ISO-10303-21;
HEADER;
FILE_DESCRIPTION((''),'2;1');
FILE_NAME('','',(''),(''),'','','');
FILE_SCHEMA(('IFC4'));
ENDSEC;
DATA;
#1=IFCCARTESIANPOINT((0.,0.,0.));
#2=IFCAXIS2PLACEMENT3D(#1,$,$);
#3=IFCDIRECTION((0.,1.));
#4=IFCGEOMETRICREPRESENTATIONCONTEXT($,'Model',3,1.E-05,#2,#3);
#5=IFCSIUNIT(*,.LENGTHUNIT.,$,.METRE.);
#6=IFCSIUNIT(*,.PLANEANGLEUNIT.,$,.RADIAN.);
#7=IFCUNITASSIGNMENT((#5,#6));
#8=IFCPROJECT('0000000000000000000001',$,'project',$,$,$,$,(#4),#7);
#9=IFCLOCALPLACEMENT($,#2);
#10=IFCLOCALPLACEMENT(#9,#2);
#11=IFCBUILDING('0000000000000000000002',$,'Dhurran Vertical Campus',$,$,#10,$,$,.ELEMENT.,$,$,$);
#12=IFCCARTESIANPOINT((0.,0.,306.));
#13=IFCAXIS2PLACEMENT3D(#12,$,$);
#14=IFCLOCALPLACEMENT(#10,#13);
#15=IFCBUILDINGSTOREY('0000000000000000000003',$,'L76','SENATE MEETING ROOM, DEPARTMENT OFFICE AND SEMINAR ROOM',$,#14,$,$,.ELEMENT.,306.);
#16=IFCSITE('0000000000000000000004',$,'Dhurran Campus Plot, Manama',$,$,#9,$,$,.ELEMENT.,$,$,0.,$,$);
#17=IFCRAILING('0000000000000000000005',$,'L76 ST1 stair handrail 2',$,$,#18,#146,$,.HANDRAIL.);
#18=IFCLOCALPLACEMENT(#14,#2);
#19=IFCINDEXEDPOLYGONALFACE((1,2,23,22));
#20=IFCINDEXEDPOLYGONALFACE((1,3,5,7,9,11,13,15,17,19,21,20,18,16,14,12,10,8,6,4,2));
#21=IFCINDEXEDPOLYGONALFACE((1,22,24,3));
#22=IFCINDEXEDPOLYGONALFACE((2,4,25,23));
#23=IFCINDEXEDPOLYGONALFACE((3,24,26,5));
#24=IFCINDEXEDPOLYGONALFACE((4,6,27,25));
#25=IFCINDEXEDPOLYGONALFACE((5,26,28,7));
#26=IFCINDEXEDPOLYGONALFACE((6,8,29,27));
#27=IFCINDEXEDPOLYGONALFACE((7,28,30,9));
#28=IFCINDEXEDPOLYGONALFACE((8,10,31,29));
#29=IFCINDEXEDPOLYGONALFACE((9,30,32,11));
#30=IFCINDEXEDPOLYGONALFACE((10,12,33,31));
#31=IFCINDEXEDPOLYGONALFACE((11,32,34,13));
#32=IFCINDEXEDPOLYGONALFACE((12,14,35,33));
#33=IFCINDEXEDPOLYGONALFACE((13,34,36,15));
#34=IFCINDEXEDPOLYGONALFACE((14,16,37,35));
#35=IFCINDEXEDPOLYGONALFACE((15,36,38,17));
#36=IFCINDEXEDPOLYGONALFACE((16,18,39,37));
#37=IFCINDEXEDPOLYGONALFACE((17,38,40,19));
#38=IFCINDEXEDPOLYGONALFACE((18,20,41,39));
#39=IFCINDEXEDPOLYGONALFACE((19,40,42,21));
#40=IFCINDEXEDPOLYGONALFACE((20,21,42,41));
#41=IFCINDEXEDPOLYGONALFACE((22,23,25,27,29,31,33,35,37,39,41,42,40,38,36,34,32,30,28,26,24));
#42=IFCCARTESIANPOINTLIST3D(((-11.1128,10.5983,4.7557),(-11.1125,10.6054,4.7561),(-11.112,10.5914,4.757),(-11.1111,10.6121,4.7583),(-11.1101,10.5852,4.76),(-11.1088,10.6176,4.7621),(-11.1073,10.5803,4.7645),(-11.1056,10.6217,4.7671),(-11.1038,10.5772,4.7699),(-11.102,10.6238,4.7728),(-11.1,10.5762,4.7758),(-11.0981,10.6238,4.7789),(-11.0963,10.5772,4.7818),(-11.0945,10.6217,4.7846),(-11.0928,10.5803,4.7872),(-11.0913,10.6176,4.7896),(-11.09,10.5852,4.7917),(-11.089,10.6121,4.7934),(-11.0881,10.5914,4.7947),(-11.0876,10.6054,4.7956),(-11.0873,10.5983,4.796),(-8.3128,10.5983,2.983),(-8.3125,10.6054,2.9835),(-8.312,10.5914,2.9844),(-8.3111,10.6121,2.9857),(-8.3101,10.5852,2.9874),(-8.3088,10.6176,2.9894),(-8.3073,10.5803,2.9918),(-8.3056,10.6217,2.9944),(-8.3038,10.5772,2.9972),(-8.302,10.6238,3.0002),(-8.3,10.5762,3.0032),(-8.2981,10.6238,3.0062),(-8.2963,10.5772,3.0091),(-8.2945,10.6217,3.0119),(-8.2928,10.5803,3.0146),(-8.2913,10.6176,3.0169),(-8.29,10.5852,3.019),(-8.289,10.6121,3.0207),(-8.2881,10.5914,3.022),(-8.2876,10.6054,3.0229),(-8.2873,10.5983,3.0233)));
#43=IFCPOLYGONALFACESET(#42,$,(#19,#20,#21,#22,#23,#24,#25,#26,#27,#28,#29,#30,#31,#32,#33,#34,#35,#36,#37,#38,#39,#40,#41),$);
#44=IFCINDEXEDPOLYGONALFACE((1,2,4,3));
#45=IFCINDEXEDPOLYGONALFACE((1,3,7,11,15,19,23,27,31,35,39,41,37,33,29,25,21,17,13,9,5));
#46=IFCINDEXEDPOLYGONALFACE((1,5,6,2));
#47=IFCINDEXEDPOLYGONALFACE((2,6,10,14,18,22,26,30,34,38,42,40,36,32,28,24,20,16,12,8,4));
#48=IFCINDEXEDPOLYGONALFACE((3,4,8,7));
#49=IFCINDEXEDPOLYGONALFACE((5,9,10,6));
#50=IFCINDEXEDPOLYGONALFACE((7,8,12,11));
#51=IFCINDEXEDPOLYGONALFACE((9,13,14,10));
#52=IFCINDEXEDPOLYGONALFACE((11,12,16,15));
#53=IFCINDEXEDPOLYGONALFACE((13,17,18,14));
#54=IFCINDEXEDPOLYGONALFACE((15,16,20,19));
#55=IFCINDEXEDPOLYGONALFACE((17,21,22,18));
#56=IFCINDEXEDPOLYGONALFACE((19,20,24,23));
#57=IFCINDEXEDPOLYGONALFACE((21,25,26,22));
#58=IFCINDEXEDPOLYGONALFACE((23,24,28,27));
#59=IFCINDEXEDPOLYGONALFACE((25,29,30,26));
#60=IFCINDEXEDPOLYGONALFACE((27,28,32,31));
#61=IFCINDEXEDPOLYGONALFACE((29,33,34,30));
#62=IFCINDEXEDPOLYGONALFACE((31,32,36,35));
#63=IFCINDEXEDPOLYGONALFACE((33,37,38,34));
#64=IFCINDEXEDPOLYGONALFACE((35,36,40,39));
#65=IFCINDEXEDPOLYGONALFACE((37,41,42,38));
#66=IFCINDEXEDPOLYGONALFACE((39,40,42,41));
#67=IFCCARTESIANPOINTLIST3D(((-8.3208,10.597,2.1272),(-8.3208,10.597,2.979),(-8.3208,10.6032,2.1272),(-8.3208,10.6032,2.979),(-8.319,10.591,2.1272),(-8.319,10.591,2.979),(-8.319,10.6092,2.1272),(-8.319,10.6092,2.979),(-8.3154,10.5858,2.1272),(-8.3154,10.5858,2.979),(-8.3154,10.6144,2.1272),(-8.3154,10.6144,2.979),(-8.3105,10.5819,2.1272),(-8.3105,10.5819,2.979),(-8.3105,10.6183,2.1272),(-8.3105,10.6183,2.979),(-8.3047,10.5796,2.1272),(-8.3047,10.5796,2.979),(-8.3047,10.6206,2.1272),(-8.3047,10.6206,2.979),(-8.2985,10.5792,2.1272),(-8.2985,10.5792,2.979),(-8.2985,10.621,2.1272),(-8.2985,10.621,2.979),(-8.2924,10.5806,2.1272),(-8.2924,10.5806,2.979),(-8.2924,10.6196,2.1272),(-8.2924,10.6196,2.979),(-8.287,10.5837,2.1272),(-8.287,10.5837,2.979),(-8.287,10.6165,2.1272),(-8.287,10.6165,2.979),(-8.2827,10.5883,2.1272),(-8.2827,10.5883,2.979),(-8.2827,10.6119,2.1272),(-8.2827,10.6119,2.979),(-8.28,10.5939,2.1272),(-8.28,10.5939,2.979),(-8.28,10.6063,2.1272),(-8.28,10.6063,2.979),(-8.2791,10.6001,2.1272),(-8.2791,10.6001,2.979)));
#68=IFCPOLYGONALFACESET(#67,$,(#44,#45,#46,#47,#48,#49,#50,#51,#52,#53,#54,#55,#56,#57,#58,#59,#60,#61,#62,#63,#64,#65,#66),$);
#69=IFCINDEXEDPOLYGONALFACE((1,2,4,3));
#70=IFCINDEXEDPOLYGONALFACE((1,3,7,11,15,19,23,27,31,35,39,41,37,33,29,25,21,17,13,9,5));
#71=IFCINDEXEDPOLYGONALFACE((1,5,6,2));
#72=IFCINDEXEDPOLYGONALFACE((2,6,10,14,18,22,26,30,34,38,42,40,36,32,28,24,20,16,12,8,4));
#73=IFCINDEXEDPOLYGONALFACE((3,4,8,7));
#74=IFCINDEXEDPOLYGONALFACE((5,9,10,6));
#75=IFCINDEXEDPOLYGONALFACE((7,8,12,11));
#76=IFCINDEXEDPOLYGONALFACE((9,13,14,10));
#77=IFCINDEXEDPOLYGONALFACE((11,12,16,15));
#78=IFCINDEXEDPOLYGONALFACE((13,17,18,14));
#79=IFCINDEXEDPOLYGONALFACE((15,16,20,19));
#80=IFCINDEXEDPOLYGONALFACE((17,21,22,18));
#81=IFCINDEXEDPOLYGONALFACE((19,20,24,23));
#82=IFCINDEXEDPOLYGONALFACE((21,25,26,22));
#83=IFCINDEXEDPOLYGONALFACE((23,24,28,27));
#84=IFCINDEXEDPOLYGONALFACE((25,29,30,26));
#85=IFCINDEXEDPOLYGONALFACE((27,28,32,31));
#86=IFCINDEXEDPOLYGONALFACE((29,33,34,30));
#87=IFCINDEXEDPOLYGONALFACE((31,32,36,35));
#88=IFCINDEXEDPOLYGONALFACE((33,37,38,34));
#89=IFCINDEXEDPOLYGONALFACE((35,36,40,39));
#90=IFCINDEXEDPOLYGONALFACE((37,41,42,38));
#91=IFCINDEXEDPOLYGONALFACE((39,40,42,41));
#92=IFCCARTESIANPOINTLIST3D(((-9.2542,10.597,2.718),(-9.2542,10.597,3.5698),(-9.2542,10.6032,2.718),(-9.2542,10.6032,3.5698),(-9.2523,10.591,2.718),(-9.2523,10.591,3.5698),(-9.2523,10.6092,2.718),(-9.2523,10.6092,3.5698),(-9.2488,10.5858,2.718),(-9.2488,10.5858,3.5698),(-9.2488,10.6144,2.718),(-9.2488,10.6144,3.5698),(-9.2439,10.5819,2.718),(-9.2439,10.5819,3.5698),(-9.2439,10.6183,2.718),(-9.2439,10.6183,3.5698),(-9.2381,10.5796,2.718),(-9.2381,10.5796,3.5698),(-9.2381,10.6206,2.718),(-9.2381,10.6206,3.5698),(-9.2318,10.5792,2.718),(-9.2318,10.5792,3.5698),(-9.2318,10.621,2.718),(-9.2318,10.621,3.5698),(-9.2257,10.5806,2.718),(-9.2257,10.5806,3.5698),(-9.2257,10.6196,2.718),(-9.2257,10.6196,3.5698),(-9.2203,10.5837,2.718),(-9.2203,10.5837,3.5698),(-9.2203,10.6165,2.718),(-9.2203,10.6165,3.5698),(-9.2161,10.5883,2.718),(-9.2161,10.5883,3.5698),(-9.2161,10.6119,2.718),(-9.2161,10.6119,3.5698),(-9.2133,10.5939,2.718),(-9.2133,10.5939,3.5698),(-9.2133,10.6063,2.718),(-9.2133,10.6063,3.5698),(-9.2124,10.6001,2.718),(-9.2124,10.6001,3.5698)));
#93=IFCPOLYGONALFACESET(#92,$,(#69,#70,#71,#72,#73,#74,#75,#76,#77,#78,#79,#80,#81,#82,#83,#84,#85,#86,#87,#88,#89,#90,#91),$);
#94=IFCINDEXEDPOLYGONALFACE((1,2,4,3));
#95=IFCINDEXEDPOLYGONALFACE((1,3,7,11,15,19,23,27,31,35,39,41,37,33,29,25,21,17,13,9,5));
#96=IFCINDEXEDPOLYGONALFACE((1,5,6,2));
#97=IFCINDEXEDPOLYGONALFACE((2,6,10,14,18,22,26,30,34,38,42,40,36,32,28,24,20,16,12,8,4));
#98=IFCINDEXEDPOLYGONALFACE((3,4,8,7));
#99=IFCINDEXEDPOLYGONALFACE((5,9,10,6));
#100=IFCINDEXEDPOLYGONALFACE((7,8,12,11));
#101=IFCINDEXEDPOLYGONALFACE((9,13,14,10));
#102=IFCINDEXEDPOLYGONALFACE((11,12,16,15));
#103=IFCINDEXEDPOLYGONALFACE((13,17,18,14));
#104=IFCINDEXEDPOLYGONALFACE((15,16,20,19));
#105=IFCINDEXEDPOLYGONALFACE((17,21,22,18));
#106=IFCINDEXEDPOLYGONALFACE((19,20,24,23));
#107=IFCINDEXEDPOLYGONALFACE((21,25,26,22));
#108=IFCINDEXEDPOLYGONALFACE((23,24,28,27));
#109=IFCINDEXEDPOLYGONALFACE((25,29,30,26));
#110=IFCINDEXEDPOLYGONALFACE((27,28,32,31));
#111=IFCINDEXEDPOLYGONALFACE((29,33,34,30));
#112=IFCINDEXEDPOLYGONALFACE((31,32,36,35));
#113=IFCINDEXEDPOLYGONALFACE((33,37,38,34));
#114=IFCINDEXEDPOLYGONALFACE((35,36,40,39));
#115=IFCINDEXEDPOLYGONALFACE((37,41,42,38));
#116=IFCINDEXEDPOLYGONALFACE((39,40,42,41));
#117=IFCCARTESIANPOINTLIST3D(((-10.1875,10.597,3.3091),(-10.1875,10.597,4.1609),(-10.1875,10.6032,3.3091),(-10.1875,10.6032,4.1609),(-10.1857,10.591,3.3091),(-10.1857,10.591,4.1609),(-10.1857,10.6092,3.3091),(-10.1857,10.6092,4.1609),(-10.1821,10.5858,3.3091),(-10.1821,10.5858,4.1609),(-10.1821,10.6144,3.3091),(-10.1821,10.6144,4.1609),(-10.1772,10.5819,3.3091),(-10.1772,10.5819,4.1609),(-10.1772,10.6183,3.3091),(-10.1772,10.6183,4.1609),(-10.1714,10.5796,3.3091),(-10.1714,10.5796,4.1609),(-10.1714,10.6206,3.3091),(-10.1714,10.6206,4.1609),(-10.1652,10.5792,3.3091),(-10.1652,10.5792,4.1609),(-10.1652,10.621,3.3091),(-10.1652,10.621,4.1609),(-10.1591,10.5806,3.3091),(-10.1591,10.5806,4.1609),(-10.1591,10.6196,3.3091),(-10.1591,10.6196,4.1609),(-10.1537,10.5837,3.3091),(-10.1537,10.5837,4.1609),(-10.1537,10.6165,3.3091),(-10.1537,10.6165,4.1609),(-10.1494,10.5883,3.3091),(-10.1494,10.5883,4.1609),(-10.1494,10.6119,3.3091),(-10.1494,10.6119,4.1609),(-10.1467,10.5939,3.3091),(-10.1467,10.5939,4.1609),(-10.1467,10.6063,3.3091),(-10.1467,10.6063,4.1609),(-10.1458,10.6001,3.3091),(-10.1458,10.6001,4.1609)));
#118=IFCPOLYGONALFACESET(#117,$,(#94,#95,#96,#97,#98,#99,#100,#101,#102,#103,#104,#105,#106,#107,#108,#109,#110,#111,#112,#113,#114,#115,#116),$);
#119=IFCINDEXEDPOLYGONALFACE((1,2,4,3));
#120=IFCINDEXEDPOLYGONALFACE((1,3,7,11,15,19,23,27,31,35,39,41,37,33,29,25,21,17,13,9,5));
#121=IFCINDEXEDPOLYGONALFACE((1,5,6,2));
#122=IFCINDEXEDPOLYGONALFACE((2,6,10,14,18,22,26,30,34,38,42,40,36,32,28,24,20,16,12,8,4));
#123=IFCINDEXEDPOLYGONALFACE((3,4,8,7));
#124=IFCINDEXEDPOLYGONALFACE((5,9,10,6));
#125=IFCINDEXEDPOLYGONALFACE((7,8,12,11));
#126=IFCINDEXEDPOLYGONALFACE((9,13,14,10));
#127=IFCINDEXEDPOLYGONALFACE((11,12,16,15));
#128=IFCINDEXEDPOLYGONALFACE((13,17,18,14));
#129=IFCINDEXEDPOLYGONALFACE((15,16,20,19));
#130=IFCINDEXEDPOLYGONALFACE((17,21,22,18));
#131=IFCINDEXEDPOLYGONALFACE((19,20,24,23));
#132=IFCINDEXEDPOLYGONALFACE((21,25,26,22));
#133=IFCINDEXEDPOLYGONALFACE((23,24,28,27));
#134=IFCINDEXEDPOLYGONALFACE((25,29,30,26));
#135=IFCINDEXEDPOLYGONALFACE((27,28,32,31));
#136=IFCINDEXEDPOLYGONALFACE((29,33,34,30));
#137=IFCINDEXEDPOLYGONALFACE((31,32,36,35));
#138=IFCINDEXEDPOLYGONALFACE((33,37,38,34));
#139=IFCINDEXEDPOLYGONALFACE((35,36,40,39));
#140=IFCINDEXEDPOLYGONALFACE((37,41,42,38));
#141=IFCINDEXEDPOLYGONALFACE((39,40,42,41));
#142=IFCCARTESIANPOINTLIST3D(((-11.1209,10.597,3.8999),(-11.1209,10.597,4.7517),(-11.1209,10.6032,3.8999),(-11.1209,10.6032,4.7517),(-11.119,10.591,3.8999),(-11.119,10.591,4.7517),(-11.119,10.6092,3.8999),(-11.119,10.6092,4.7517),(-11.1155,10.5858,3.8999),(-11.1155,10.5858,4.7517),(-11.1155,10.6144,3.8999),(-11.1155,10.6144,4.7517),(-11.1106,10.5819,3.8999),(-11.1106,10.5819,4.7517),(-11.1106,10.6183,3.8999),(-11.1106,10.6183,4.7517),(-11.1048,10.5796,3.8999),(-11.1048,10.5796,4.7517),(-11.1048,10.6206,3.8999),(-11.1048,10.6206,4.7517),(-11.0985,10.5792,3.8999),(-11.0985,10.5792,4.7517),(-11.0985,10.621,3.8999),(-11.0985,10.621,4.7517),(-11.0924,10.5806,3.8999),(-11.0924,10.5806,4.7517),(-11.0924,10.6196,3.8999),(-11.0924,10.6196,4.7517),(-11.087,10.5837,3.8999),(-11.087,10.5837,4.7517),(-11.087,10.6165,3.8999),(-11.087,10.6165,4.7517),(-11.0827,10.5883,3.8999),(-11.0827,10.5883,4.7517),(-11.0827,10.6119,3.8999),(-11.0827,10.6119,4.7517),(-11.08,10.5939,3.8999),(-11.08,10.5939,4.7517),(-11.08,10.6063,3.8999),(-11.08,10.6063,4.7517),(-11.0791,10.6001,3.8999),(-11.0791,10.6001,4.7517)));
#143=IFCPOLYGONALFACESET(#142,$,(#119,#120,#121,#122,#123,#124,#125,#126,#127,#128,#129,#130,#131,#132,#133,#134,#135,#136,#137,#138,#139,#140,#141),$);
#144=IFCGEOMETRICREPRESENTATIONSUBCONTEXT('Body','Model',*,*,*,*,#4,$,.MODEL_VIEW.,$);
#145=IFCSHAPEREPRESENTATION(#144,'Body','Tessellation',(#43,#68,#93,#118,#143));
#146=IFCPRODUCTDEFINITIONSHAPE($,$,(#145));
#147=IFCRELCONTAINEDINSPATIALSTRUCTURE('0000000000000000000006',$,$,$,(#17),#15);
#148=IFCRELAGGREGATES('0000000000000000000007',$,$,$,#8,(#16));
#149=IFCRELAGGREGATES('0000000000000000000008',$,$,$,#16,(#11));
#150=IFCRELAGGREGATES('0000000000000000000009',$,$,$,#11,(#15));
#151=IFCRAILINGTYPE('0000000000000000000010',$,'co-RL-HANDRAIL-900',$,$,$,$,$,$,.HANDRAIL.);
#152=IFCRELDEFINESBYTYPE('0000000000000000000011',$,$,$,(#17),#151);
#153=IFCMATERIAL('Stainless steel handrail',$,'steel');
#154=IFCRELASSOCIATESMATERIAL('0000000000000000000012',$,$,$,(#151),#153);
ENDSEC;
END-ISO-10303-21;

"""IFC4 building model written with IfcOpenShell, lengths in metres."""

from ifc_helpers import new_model, si_unit, direction, frame, origin, origin_2d, place, context, subcontext, project, spatial, circle, extrude, material, type_object, element, save


model = new_model("IFC4")

# Units and contexts
model_context = context("Model", 3, precision=1e-05, world=origin(), true_north=direction((0.0, 1.0)))
body_context = subcontext(model_context, "Body", "Model", "MODEL_VIEW")
ifc_project = project(units=[si_unit("LENGTHUNIT", "METRE"), si_unit("PLANEANGLEUNIT", "RADIAN")], contexts=[model_context])

# Site, building, storey
site_placement = place(None, origin())
site = spatial("IfcSite", under=ifc_project, at=site_placement, Name="Dhurran Campus Plot, Manama", CompositionType="ELEMENT", RefElevation=0.0)
building_placement = place(site_placement, origin())
building = spatial("IfcBuilding", under=site, at=building_placement, Name="Dhurran Vertical Campus", CompositionType="ELEMENT")
storey_placement = place(building_placement, frame((0.0, 0.0, 306.0)))
storey = spatial("IfcBuildingStorey", under=building, at=storey_placement, Name="L76", Description="SENATE MEETING ROOM, DEPARTMENT OFFICE AND SEMINAR ROOM", CompositionType="ELEMENT", Elevation=306.0)

# Railing
ifc_material_1 = material(Name="Stainless steel handrail", Category="steel")
railing_type_1 = type_object("IfcRailingType", Name="co-RL-HANDRAIL-900", PredefinedType="HANDRAIL", material=ifc_material_1)
railing_1_placement = place(storey_placement, frame((-8.3, 10.6001, 2.1272)))
element("IfcRailing", 1, at=railing_1_placement, inside=storey, type_object=railing_type_1, Name="L76 ST1 stair handrail 2", PredefinedType="HANDRAIL", context=body_context, shape_type="SweptSolid", body=[
    extrude(circle(Radius=0.0239, at=origin_2d()), frame((0.0, 0.0, 0.876), z_axis=(-0.844909, 0.0, 0.53491), x_axis=(0.0, -1.0, 0.0)), (0.0, 0.0, 1.0), 3.314),
    extrude(circle(Radius=0.021, at=origin_2d()), origin(), (0.0, 0.0, 1.0), 0.8518),
    extrude(circle(Radius=0.021, at=origin_2d()), frame((-0.9333, 0.0, 0.5908)), (0.0, 0.0, 1.0), 0.8518),
    extrude(circle(Radius=0.021, at=origin_2d()), frame((-1.8667, 0.0, 1.1819)), (0.0, 0.0, 1.0), 0.8518),
    extrude(circle(Radius=0.021, at=origin_2d()), frame((-2.8, 0.0, 1.7727)), (0.0, 0.0, 1.0), 0.8518),
])

save(model, "model.ifc")
